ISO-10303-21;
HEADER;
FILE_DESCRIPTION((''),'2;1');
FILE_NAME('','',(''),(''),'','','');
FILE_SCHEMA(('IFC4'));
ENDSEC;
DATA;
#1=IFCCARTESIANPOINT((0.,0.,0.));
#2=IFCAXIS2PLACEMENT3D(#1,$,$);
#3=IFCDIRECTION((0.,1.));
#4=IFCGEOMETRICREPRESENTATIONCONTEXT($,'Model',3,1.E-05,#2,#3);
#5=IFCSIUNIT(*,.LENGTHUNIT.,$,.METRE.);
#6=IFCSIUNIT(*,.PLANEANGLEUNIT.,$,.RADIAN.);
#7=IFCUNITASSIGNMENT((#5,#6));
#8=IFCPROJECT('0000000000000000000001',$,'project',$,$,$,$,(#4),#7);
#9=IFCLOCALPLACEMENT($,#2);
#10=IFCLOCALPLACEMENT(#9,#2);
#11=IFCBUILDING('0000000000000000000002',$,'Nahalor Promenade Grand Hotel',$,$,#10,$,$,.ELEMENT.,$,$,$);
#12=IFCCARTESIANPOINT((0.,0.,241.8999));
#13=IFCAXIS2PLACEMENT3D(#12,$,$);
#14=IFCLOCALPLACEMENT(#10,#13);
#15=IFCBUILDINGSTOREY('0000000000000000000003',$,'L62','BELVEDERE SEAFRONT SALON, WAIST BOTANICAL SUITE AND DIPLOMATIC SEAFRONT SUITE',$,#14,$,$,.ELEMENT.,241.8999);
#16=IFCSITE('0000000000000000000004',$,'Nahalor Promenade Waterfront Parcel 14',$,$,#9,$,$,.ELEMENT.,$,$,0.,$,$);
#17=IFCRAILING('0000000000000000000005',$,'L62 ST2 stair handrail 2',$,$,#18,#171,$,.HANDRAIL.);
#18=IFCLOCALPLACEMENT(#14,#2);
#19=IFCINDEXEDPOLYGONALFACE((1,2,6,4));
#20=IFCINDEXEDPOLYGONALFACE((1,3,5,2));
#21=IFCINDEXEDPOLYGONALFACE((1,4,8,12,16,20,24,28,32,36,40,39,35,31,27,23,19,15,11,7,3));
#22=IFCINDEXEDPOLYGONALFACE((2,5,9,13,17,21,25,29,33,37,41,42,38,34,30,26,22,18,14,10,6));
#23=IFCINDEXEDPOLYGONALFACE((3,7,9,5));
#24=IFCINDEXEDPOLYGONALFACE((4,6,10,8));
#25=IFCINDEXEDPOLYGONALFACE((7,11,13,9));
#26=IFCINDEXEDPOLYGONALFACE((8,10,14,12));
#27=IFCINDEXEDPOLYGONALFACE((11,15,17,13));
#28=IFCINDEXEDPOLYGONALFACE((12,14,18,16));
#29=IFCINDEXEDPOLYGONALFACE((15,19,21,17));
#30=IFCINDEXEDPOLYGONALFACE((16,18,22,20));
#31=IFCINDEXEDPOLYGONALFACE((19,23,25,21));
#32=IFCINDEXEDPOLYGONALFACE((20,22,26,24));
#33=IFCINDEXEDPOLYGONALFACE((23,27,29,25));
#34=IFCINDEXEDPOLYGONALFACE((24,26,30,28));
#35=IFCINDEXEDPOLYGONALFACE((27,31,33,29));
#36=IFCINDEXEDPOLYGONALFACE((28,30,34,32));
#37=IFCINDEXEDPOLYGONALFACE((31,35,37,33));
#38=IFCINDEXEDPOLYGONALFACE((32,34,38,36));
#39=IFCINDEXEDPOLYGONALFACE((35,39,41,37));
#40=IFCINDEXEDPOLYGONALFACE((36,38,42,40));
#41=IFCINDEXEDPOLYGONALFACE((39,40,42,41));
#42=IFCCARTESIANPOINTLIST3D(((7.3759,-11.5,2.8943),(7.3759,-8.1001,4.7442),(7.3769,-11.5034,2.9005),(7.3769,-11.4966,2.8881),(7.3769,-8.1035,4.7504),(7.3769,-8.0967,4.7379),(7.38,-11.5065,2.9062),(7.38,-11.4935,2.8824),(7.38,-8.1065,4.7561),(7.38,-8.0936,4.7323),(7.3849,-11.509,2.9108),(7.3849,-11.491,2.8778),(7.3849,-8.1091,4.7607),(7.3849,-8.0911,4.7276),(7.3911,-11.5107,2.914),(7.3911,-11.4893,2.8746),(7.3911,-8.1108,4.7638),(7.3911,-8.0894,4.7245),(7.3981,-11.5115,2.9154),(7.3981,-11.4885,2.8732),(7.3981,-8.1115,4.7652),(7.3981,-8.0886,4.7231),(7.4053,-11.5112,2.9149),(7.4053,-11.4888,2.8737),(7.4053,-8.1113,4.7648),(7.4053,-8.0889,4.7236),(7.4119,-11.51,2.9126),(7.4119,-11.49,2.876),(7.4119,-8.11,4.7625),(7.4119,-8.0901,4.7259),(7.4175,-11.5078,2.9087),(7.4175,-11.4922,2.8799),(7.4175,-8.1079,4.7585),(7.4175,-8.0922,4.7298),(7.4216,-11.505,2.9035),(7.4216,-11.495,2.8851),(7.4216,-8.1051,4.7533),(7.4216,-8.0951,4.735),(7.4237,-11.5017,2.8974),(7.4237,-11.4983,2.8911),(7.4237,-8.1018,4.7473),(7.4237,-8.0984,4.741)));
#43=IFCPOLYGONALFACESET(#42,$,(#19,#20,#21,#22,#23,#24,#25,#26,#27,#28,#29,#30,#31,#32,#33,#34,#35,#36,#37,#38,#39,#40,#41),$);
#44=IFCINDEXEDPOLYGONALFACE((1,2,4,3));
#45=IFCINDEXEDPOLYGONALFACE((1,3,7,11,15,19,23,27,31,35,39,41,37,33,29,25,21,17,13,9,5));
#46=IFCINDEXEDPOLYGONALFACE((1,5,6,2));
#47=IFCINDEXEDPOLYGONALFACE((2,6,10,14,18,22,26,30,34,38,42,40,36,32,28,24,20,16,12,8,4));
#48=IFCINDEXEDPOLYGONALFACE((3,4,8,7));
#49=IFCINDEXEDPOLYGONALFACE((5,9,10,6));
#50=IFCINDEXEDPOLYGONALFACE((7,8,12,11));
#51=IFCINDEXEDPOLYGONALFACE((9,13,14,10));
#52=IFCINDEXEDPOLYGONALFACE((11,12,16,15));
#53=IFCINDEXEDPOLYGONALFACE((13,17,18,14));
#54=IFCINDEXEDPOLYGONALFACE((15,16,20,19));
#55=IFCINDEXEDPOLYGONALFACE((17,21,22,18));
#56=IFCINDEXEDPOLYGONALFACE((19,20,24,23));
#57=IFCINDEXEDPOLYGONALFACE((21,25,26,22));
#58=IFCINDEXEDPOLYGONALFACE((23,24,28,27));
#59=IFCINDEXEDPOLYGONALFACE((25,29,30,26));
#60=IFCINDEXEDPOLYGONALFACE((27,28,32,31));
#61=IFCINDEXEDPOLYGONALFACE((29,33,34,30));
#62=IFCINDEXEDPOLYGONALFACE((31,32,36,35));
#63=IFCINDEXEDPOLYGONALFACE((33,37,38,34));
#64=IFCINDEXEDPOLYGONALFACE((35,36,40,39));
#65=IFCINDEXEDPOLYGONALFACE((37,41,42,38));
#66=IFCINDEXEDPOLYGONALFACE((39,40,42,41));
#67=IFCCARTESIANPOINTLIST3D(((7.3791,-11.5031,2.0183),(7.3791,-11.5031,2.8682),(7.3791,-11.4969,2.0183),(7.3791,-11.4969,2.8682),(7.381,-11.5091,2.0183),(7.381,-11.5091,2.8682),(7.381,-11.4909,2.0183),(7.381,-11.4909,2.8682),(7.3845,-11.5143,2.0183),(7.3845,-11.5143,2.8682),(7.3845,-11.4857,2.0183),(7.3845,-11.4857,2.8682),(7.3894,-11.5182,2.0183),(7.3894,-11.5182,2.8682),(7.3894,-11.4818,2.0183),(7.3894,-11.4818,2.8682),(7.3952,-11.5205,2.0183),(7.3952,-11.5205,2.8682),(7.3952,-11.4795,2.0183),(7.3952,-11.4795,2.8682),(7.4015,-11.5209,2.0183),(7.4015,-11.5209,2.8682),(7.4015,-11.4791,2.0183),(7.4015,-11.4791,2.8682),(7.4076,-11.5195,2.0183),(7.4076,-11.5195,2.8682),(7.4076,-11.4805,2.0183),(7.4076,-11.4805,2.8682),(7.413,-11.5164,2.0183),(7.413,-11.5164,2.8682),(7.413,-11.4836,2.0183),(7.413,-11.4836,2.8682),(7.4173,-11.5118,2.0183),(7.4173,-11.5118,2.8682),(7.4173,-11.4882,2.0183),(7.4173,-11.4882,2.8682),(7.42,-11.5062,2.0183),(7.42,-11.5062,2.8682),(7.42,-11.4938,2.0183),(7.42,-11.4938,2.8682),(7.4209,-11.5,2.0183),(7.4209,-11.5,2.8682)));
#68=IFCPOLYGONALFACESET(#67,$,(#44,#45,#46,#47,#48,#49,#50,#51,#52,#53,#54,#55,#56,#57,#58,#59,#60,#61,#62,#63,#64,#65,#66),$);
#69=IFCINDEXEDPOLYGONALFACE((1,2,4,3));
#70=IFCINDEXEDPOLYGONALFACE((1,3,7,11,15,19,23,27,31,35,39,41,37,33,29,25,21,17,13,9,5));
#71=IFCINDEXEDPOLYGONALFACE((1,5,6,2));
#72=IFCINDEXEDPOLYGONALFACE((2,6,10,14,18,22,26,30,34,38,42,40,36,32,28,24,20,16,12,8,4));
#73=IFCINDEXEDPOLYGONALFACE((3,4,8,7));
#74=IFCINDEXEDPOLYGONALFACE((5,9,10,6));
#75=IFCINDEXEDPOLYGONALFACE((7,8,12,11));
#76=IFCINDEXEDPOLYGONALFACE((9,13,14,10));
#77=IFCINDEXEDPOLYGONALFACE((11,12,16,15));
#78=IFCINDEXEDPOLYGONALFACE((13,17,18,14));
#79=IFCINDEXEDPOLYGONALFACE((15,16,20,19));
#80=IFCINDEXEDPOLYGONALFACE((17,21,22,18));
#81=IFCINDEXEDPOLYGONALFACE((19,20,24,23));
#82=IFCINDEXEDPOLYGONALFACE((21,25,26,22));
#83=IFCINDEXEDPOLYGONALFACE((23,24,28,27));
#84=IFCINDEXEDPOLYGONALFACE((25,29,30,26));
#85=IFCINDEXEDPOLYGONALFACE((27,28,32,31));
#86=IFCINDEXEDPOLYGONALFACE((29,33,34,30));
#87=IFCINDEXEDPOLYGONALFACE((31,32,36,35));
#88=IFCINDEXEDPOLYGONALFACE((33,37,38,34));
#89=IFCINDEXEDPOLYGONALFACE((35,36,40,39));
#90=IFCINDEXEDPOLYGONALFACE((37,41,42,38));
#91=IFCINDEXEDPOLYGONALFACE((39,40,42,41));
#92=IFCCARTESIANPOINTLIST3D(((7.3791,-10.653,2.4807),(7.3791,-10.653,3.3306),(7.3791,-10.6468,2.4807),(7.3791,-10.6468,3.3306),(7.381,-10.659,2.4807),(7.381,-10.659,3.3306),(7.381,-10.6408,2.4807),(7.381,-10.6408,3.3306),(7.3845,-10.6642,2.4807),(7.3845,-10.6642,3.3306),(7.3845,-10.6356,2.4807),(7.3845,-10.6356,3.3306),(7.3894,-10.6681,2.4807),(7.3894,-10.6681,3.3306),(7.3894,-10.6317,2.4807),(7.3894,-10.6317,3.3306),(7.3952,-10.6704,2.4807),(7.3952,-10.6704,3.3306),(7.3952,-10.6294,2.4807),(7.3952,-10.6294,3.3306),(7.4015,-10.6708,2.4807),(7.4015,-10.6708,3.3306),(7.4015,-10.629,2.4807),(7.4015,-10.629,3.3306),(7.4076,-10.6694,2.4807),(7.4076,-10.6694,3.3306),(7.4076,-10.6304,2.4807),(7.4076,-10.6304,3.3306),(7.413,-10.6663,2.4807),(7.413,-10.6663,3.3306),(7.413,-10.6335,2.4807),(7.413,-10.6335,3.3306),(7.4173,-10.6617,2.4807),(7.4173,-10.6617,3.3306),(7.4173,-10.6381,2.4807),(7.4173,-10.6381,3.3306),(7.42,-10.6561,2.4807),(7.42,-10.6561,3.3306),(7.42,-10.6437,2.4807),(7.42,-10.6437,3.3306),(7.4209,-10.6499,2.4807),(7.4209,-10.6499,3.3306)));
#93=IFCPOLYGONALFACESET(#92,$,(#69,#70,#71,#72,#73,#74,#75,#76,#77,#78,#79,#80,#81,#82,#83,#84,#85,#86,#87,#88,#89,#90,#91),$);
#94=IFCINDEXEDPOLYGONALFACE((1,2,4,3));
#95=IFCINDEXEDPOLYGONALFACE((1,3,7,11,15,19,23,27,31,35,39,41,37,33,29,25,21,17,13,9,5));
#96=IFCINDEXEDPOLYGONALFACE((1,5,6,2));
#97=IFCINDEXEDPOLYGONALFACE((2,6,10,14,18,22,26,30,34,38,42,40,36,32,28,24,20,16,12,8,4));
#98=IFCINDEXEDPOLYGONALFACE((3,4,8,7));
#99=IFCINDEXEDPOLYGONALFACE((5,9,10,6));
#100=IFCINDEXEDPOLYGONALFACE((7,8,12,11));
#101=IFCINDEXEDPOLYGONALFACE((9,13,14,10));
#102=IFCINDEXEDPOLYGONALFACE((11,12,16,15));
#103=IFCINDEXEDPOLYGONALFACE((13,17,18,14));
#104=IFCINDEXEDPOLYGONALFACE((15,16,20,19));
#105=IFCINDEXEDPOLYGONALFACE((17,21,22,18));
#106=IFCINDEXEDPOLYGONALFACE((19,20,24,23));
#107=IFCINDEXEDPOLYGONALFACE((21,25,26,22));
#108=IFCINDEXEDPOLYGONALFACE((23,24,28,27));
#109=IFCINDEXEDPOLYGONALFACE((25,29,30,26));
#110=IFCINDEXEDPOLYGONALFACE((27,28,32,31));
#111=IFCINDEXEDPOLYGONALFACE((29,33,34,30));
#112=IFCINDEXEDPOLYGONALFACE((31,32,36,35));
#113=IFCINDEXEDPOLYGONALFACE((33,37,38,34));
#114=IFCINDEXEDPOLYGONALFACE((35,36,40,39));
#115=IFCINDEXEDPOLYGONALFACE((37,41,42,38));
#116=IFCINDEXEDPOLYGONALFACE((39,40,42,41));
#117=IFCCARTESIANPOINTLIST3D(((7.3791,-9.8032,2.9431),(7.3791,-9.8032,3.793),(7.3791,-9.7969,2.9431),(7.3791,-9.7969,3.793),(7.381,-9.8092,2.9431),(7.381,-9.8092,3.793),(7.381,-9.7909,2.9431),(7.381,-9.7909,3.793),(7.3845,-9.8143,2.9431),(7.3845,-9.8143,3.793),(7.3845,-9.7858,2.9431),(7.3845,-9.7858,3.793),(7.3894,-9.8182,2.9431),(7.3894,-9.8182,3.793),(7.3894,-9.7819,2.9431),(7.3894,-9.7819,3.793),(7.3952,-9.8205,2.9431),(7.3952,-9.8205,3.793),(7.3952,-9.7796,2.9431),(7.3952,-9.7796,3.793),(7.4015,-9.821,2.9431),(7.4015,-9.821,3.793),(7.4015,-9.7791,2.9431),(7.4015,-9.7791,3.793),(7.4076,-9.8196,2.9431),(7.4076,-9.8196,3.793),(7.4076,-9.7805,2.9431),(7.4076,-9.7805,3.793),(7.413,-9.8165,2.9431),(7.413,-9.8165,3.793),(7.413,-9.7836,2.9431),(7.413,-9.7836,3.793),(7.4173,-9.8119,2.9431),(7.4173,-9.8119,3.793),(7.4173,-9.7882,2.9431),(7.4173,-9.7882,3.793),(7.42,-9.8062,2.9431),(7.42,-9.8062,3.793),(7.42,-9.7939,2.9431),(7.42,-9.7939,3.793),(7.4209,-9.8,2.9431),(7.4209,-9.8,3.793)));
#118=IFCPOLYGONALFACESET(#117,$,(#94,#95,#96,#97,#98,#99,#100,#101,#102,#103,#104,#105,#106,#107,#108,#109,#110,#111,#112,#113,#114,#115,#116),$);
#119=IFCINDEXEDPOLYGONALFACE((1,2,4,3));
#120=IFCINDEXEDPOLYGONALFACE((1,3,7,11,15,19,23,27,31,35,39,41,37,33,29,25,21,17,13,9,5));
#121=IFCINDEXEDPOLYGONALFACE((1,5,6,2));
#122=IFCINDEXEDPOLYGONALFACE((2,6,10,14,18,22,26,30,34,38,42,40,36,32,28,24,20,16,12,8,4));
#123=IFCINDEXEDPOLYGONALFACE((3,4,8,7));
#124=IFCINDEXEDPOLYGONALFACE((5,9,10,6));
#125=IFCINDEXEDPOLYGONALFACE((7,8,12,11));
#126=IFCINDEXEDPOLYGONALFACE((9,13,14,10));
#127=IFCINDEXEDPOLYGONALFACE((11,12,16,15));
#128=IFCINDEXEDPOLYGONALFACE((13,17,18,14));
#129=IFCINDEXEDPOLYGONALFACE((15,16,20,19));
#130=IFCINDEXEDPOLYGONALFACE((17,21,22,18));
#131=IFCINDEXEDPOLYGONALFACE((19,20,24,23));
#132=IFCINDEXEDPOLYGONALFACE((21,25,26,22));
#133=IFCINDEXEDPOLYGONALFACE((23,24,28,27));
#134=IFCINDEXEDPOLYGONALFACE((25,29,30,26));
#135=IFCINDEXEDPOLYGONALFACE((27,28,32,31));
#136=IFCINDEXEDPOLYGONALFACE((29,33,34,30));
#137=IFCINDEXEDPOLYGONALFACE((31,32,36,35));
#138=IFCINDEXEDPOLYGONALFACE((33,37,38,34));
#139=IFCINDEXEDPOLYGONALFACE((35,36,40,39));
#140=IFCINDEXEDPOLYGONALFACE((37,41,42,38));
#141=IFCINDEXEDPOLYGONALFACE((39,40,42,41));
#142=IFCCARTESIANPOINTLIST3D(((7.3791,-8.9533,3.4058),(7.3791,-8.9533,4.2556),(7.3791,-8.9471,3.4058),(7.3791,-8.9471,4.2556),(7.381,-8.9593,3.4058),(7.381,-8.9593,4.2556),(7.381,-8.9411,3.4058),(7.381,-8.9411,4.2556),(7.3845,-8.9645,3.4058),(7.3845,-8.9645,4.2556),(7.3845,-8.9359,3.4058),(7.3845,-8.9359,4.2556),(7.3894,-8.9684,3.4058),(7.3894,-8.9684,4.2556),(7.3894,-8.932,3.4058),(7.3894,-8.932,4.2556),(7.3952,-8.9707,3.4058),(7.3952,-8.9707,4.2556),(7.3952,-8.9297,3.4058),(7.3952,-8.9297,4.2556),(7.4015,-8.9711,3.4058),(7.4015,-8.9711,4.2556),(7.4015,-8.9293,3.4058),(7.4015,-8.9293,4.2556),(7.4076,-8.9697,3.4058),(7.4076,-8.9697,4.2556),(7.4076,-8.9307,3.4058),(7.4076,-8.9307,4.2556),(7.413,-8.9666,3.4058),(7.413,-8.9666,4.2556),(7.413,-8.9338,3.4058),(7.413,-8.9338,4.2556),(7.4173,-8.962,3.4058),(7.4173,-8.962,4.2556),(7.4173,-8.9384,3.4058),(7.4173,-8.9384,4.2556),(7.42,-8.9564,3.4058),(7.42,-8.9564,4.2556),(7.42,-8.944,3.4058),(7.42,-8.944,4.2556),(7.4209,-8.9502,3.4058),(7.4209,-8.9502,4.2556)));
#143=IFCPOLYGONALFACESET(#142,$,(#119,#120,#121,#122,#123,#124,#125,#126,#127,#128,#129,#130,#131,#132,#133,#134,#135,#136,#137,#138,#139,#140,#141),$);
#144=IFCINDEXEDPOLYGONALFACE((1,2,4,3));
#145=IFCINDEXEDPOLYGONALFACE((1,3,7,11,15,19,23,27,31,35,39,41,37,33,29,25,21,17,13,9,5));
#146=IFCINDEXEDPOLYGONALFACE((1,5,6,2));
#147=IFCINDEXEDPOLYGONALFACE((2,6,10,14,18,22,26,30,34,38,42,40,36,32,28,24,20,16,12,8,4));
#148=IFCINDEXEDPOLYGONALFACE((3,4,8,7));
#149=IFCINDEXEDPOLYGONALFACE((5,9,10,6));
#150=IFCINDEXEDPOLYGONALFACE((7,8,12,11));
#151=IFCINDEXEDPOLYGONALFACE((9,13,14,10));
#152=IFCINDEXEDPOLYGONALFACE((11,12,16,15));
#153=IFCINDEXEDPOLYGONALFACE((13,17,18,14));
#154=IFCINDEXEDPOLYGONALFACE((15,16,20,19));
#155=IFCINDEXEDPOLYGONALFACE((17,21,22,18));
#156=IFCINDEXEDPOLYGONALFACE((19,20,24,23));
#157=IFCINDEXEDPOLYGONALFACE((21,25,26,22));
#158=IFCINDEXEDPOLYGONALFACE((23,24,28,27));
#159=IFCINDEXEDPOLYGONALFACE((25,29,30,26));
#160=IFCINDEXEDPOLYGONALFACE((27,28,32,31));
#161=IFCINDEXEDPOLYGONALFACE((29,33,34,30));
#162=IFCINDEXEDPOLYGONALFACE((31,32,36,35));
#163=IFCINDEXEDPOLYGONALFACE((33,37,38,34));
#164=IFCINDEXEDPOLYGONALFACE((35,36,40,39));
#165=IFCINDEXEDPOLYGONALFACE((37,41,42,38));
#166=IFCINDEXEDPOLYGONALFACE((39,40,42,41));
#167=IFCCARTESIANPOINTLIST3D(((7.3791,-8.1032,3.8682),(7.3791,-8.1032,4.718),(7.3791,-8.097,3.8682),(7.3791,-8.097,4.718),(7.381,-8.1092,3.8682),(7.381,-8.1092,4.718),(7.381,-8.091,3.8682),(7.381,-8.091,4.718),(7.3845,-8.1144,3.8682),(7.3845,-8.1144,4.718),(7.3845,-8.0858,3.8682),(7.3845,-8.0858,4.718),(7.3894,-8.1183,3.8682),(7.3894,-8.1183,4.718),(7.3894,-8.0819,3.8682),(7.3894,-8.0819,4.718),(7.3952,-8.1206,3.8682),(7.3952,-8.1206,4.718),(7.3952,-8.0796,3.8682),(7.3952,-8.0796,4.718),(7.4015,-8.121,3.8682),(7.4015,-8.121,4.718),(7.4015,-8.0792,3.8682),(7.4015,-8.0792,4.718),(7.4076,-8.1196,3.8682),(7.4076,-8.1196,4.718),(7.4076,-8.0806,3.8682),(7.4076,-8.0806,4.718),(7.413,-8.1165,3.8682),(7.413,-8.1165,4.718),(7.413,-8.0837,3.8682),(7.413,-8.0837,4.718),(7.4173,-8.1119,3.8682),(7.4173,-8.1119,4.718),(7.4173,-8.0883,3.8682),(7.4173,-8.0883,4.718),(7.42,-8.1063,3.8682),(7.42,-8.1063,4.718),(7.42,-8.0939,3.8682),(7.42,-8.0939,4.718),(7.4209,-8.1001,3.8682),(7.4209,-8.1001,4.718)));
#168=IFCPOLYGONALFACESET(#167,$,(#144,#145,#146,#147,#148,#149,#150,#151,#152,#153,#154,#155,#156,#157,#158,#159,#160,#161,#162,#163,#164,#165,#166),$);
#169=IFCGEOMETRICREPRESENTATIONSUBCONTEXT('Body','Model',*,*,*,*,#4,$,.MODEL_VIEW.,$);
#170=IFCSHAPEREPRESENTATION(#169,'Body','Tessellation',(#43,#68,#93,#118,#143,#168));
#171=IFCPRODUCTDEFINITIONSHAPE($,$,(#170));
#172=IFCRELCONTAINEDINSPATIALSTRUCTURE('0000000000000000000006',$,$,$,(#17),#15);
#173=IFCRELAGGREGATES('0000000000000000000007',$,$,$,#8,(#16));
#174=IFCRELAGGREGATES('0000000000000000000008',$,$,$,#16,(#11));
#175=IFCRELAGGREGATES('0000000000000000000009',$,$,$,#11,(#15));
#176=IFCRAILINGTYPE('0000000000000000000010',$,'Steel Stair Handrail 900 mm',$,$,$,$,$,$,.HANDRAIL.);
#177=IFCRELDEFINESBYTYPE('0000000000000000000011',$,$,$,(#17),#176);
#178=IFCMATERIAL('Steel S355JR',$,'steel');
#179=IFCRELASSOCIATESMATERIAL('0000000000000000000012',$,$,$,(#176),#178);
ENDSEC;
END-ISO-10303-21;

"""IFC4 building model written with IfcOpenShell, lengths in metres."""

from ifc_helpers import new_model, si_unit, direction, frame, origin, origin_2d, place, context, subcontext, project, spatial, circle, extrude, material, type_object, element, save


model = new_model("IFC4")

# Units and contexts
model_context = context("Model", 3, precision=1e-05, world=origin(), true_north=direction((0.0, 1.0)))
body_context = subcontext(model_context, "Body", "Model", "MODEL_VIEW")
ifc_project = project(units=[si_unit("LENGTHUNIT", "METRE"), si_unit("PLANEANGLEUNIT", "RADIAN")], contexts=[model_context])

# Site, building, storey
site_placement = place(None, origin())
site = spatial("IfcSite", under=ifc_project, at=site_placement, Name="Nahalor Promenade Waterfront Parcel 14", CompositionType="ELEMENT", RefElevation=0.0)
building_placement = place(site_placement, origin())
building = spatial("IfcBuilding", under=site, at=building_placement, Name="Nahalor Promenade Grand Hotel", CompositionType="ELEMENT")
storey_placement = place(building_placement, frame((0.0, 0.0, 241.8999)))
storey = spatial("IfcBuildingStorey", under=building, at=storey_placement, Name="L62", Description="BELVEDERE SEAFRONT SALON, WAIST BOTANICAL SUITE AND DIPLOMATIC SEAFRONT SUITE", CompositionType="ELEMENT", Elevation=241.8999)

# Shared definitions
ifc_material_1 = material(Name="Steel S355JR", Category="steel")

# Railing
railing_type_1 = type_object("IfcRailingType", Name="Steel Stair Handrail 900 mm", PredefinedType="HANDRAIL", material=ifc_material_1)
railing_1_placement = place(storey_placement, frame((7.3999, -11.5, 2.0183)))
element("IfcRailing", 1, at=railing_1_placement, inside=storey, type_object=railing_type_1, Name="L62 ST2 stair handrail 2", PredefinedType="HANDRAIL", context=body_context, shape_type="SweptSolid", body=[
    extrude(circle(Radius=0.024, at=origin_2d()), frame((0.0, 0.0, 0.876), z_axis=(0.0, 0.878399, 0.477928), x_axis=(-1.0, 0.0, 0.0)), (0.0, 0.0, 1.0), 3.8706),
    extrude(circle(Radius=0.021, at=origin_2d()), origin(), (0.0, 0.0, 1.0), 0.8499),
    extrude(circle(Radius=0.021, at=origin_2d()), frame((0.0, 0.8501, 0.4624)), (0.0, 0.0, 1.0), 0.8499),
    extrude(circle(Radius=0.021, at=origin_2d()), frame((0.0, 1.7, 0.9248)), (0.0, 0.0, 1.0), 0.8499),
    extrude(circle(Radius=0.021, at=origin_2d()), frame((0.0, 2.5498, 1.3875)), (0.0, 0.0, 1.0), 0.8499),
    extrude(circle(Radius=0.021, at=origin_2d()), frame((0.0, 3.3999, 1.8499)), (0.0, 0.0, 1.0), 0.8499),
])

save(model, "model.ifc")
